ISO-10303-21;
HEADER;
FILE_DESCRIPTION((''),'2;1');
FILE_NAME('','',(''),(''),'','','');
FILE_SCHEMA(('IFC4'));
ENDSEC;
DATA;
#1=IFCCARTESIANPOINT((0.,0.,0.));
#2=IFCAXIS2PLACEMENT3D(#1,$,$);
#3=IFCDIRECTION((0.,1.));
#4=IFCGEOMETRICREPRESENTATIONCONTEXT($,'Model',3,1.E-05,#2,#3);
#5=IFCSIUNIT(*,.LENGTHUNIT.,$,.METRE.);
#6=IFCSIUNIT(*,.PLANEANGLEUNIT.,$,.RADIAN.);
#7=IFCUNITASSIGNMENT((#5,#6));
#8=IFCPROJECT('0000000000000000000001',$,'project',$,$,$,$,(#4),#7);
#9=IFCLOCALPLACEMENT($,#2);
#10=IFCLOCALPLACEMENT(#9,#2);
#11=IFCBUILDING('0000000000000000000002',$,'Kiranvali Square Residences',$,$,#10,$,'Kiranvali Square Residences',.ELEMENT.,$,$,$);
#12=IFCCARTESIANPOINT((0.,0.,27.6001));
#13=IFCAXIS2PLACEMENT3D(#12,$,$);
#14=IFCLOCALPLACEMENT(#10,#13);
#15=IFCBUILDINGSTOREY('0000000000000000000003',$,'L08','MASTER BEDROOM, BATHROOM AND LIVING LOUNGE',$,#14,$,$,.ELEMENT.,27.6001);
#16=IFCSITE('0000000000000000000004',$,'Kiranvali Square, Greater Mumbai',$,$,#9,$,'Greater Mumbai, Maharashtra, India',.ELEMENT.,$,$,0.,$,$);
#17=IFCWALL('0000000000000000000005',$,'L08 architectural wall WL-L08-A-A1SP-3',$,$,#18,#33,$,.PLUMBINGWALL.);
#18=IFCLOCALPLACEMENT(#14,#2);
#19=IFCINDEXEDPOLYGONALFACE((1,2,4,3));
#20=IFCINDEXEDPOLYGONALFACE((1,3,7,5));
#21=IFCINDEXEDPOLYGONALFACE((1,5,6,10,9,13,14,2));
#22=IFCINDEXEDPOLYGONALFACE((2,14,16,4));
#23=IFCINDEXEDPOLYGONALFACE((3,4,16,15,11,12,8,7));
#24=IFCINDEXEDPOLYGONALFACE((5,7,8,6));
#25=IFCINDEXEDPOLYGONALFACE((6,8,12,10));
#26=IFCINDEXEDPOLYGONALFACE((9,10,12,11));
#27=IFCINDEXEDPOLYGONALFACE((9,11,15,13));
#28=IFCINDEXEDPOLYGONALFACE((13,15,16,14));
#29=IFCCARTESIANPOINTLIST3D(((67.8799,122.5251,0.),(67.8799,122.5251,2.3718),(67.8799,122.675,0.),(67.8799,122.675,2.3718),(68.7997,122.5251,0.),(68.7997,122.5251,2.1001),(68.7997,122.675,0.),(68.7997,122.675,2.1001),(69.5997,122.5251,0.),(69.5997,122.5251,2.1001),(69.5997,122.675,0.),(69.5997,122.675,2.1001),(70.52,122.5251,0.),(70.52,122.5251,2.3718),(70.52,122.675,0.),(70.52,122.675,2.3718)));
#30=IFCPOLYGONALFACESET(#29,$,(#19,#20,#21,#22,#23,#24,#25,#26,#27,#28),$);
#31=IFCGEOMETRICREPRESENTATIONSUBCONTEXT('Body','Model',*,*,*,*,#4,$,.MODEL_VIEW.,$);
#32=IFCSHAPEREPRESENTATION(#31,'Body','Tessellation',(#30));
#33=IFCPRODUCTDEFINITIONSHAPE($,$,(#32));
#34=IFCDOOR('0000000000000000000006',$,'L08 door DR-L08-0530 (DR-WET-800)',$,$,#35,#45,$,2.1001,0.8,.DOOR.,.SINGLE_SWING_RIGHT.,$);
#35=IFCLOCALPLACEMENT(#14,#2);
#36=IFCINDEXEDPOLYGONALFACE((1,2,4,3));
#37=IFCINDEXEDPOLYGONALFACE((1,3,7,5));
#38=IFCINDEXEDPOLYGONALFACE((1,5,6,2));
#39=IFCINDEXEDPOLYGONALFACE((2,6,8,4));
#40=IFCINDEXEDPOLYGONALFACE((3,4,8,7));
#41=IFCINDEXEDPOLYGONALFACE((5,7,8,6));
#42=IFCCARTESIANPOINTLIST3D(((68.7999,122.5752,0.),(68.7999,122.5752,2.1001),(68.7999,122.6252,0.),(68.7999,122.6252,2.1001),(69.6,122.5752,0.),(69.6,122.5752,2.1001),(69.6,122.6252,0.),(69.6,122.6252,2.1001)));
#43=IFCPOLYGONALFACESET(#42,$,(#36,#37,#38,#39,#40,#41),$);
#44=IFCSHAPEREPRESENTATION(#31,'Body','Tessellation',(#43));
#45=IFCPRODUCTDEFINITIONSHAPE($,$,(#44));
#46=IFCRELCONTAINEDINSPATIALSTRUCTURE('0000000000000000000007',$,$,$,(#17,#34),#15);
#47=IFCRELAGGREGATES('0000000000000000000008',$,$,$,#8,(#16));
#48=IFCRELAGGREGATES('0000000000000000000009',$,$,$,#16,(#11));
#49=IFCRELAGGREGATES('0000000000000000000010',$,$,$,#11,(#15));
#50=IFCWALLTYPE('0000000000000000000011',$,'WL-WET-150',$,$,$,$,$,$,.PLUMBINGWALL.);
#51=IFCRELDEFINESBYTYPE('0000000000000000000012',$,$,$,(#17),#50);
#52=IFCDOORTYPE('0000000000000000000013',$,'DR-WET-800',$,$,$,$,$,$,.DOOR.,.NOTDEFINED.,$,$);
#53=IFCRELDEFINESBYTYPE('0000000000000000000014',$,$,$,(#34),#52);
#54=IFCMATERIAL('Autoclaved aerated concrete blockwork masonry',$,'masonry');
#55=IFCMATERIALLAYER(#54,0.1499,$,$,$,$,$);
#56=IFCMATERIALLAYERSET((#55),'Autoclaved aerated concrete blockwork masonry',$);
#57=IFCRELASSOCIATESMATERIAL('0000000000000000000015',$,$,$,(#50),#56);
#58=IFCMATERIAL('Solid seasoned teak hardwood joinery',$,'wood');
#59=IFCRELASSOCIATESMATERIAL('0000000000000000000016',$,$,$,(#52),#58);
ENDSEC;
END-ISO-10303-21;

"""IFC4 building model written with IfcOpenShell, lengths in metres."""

from ifc_helpers import new_model, si_unit, direction, frame, frame_2d, origin, place, context, subcontext, project, spatial, rectangle, extrude, material, layer, layer_set, type_object, element, fill, save


model = new_model("IFC4")

# Units and contexts
model_context = context("Model", 3, precision=1e-05, world=origin(), true_north=direction((0.0, 1.0)))
body_context = subcontext(model_context, "Body", "Model", "MODEL_VIEW")
ifc_project = project(units=[si_unit("LENGTHUNIT", "METRE"), si_unit("PLANEANGLEUNIT", "RADIAN")], contexts=[model_context])

# Site, building, storey
site_placement = place(None, origin())
site = spatial("IfcSite", under=ifc_project, at=site_placement, Name="Kiranvali Square, Greater Mumbai", LongName="Greater Mumbai, Maharashtra, India", CompositionType="ELEMENT", RefElevation=0.0)
building_placement = place(site_placement, origin())
building = spatial("IfcBuilding", under=site, at=building_placement, Name="Kiranvali Square Residences", LongName="Kiranvali Square Residences", CompositionType="ELEMENT")
storey_placement = place(building_placement, frame((0.0, 0.0, 27.6001)))
storey = spatial("IfcBuildingStorey", under=building, at=storey_placement, Name="L08", Description="MASTER BEDROOM, BATHROOM AND LIVING LOUNGE", CompositionType="ELEMENT", Elevation=27.6001)

# Wall, opening, door
ifc_material_1 = material(Name="Autoclaved aerated concrete blockwork masonry", Category="masonry")
ifc_layer_1 = layer(ifc_material_1, 0.1499)
ifc_layer_set_1 = layer_set([ifc_layer_1], Name="Autoclaved aerated concrete blockwork masonry")
wall_type_1 = type_object("IfcWallType", Name="WL-WET-150", PredefinedType="PLUMBINGWALL", material=ifc_layer_set_1)
wall_1_placement = place(storey_placement, frame((67.8799, 122.6001, 0.0), z_axis=(0.0, 0.0, 1.0), x_axis=(1.0, 0.0, 0.0)))
wall_1 = element("IfcWall", 1, at=wall_1_placement, inside=storey, type_object=wall_type_1, Name="L08 architectural wall WL-L08-A-A1SP-3", PredefinedType="PLUMBINGWALL", context=body_context, shape_type="SweptSolid", body=[
    extrude(rectangle(XDim=2.6401, YDim=0.1499, at=frame_2d((1.3201, 0.0))), origin(), (0.0, 0.0, 1.0), 2.3718),
])
opening_1_placement = place(wall_1_placement, frame((0.9199, 0.0, 0.0)))
opening_1 = element("IfcOpeningElement", 2, at=opening_1_placement, cuts=wall_1, PredefinedType="OPENING", context=body_context, shape_type="SweptSolid", body=[
    extrude(rectangle(XDim=0.8, YDim=2.1001, at=frame_2d((0.3999, 1.05))), frame((0.0, 0.085, 0.0), z_axis=(0.0, -1.0, 0.0), x_axis=(1.0, 0.0, 0.0)), (0.0, 0.0, 1.0), 0.1699),
])
ifc_material_2 = material(Name="Solid seasoned teak hardwood joinery", Category="wood")
door_type = type_object("IfcDoorType", Name="DR-WET-800", OperationType="NOTDEFINED", PredefinedType="DOOR", material=ifc_material_2)
door_placement = place(opening_1_placement, frame((0.8, 0.0, 0.0), z_axis=(0.0, 0.0, 1.0), x_axis=(-1.0, 0.0, 0.0)))
door = element("IfcDoor", 3, at=door_placement, inside=storey, type_object=door_type, Name="L08 door DR-L08-0530 (DR-WET-800)", OperationType="SINGLE_SWING_RIGHT", OverallHeight=2.1001, OverallWidth=0.8, PredefinedType="DOOR", context=body_context, shape_type="SweptSolid", body=[
    extrude(rectangle(XDim=0.8, YDim=2.1001, at=frame_2d((0.3999, 1.05))), frame((0.0, 0.0249, 0.0), z_axis=(0.0, -1.0, 0.0), x_axis=(1.0, 0.0, 0.0)), (0.0, 0.0, 1.0), 0.05),
])
fill(opening_1, door)

save(model, "model.ifc")
